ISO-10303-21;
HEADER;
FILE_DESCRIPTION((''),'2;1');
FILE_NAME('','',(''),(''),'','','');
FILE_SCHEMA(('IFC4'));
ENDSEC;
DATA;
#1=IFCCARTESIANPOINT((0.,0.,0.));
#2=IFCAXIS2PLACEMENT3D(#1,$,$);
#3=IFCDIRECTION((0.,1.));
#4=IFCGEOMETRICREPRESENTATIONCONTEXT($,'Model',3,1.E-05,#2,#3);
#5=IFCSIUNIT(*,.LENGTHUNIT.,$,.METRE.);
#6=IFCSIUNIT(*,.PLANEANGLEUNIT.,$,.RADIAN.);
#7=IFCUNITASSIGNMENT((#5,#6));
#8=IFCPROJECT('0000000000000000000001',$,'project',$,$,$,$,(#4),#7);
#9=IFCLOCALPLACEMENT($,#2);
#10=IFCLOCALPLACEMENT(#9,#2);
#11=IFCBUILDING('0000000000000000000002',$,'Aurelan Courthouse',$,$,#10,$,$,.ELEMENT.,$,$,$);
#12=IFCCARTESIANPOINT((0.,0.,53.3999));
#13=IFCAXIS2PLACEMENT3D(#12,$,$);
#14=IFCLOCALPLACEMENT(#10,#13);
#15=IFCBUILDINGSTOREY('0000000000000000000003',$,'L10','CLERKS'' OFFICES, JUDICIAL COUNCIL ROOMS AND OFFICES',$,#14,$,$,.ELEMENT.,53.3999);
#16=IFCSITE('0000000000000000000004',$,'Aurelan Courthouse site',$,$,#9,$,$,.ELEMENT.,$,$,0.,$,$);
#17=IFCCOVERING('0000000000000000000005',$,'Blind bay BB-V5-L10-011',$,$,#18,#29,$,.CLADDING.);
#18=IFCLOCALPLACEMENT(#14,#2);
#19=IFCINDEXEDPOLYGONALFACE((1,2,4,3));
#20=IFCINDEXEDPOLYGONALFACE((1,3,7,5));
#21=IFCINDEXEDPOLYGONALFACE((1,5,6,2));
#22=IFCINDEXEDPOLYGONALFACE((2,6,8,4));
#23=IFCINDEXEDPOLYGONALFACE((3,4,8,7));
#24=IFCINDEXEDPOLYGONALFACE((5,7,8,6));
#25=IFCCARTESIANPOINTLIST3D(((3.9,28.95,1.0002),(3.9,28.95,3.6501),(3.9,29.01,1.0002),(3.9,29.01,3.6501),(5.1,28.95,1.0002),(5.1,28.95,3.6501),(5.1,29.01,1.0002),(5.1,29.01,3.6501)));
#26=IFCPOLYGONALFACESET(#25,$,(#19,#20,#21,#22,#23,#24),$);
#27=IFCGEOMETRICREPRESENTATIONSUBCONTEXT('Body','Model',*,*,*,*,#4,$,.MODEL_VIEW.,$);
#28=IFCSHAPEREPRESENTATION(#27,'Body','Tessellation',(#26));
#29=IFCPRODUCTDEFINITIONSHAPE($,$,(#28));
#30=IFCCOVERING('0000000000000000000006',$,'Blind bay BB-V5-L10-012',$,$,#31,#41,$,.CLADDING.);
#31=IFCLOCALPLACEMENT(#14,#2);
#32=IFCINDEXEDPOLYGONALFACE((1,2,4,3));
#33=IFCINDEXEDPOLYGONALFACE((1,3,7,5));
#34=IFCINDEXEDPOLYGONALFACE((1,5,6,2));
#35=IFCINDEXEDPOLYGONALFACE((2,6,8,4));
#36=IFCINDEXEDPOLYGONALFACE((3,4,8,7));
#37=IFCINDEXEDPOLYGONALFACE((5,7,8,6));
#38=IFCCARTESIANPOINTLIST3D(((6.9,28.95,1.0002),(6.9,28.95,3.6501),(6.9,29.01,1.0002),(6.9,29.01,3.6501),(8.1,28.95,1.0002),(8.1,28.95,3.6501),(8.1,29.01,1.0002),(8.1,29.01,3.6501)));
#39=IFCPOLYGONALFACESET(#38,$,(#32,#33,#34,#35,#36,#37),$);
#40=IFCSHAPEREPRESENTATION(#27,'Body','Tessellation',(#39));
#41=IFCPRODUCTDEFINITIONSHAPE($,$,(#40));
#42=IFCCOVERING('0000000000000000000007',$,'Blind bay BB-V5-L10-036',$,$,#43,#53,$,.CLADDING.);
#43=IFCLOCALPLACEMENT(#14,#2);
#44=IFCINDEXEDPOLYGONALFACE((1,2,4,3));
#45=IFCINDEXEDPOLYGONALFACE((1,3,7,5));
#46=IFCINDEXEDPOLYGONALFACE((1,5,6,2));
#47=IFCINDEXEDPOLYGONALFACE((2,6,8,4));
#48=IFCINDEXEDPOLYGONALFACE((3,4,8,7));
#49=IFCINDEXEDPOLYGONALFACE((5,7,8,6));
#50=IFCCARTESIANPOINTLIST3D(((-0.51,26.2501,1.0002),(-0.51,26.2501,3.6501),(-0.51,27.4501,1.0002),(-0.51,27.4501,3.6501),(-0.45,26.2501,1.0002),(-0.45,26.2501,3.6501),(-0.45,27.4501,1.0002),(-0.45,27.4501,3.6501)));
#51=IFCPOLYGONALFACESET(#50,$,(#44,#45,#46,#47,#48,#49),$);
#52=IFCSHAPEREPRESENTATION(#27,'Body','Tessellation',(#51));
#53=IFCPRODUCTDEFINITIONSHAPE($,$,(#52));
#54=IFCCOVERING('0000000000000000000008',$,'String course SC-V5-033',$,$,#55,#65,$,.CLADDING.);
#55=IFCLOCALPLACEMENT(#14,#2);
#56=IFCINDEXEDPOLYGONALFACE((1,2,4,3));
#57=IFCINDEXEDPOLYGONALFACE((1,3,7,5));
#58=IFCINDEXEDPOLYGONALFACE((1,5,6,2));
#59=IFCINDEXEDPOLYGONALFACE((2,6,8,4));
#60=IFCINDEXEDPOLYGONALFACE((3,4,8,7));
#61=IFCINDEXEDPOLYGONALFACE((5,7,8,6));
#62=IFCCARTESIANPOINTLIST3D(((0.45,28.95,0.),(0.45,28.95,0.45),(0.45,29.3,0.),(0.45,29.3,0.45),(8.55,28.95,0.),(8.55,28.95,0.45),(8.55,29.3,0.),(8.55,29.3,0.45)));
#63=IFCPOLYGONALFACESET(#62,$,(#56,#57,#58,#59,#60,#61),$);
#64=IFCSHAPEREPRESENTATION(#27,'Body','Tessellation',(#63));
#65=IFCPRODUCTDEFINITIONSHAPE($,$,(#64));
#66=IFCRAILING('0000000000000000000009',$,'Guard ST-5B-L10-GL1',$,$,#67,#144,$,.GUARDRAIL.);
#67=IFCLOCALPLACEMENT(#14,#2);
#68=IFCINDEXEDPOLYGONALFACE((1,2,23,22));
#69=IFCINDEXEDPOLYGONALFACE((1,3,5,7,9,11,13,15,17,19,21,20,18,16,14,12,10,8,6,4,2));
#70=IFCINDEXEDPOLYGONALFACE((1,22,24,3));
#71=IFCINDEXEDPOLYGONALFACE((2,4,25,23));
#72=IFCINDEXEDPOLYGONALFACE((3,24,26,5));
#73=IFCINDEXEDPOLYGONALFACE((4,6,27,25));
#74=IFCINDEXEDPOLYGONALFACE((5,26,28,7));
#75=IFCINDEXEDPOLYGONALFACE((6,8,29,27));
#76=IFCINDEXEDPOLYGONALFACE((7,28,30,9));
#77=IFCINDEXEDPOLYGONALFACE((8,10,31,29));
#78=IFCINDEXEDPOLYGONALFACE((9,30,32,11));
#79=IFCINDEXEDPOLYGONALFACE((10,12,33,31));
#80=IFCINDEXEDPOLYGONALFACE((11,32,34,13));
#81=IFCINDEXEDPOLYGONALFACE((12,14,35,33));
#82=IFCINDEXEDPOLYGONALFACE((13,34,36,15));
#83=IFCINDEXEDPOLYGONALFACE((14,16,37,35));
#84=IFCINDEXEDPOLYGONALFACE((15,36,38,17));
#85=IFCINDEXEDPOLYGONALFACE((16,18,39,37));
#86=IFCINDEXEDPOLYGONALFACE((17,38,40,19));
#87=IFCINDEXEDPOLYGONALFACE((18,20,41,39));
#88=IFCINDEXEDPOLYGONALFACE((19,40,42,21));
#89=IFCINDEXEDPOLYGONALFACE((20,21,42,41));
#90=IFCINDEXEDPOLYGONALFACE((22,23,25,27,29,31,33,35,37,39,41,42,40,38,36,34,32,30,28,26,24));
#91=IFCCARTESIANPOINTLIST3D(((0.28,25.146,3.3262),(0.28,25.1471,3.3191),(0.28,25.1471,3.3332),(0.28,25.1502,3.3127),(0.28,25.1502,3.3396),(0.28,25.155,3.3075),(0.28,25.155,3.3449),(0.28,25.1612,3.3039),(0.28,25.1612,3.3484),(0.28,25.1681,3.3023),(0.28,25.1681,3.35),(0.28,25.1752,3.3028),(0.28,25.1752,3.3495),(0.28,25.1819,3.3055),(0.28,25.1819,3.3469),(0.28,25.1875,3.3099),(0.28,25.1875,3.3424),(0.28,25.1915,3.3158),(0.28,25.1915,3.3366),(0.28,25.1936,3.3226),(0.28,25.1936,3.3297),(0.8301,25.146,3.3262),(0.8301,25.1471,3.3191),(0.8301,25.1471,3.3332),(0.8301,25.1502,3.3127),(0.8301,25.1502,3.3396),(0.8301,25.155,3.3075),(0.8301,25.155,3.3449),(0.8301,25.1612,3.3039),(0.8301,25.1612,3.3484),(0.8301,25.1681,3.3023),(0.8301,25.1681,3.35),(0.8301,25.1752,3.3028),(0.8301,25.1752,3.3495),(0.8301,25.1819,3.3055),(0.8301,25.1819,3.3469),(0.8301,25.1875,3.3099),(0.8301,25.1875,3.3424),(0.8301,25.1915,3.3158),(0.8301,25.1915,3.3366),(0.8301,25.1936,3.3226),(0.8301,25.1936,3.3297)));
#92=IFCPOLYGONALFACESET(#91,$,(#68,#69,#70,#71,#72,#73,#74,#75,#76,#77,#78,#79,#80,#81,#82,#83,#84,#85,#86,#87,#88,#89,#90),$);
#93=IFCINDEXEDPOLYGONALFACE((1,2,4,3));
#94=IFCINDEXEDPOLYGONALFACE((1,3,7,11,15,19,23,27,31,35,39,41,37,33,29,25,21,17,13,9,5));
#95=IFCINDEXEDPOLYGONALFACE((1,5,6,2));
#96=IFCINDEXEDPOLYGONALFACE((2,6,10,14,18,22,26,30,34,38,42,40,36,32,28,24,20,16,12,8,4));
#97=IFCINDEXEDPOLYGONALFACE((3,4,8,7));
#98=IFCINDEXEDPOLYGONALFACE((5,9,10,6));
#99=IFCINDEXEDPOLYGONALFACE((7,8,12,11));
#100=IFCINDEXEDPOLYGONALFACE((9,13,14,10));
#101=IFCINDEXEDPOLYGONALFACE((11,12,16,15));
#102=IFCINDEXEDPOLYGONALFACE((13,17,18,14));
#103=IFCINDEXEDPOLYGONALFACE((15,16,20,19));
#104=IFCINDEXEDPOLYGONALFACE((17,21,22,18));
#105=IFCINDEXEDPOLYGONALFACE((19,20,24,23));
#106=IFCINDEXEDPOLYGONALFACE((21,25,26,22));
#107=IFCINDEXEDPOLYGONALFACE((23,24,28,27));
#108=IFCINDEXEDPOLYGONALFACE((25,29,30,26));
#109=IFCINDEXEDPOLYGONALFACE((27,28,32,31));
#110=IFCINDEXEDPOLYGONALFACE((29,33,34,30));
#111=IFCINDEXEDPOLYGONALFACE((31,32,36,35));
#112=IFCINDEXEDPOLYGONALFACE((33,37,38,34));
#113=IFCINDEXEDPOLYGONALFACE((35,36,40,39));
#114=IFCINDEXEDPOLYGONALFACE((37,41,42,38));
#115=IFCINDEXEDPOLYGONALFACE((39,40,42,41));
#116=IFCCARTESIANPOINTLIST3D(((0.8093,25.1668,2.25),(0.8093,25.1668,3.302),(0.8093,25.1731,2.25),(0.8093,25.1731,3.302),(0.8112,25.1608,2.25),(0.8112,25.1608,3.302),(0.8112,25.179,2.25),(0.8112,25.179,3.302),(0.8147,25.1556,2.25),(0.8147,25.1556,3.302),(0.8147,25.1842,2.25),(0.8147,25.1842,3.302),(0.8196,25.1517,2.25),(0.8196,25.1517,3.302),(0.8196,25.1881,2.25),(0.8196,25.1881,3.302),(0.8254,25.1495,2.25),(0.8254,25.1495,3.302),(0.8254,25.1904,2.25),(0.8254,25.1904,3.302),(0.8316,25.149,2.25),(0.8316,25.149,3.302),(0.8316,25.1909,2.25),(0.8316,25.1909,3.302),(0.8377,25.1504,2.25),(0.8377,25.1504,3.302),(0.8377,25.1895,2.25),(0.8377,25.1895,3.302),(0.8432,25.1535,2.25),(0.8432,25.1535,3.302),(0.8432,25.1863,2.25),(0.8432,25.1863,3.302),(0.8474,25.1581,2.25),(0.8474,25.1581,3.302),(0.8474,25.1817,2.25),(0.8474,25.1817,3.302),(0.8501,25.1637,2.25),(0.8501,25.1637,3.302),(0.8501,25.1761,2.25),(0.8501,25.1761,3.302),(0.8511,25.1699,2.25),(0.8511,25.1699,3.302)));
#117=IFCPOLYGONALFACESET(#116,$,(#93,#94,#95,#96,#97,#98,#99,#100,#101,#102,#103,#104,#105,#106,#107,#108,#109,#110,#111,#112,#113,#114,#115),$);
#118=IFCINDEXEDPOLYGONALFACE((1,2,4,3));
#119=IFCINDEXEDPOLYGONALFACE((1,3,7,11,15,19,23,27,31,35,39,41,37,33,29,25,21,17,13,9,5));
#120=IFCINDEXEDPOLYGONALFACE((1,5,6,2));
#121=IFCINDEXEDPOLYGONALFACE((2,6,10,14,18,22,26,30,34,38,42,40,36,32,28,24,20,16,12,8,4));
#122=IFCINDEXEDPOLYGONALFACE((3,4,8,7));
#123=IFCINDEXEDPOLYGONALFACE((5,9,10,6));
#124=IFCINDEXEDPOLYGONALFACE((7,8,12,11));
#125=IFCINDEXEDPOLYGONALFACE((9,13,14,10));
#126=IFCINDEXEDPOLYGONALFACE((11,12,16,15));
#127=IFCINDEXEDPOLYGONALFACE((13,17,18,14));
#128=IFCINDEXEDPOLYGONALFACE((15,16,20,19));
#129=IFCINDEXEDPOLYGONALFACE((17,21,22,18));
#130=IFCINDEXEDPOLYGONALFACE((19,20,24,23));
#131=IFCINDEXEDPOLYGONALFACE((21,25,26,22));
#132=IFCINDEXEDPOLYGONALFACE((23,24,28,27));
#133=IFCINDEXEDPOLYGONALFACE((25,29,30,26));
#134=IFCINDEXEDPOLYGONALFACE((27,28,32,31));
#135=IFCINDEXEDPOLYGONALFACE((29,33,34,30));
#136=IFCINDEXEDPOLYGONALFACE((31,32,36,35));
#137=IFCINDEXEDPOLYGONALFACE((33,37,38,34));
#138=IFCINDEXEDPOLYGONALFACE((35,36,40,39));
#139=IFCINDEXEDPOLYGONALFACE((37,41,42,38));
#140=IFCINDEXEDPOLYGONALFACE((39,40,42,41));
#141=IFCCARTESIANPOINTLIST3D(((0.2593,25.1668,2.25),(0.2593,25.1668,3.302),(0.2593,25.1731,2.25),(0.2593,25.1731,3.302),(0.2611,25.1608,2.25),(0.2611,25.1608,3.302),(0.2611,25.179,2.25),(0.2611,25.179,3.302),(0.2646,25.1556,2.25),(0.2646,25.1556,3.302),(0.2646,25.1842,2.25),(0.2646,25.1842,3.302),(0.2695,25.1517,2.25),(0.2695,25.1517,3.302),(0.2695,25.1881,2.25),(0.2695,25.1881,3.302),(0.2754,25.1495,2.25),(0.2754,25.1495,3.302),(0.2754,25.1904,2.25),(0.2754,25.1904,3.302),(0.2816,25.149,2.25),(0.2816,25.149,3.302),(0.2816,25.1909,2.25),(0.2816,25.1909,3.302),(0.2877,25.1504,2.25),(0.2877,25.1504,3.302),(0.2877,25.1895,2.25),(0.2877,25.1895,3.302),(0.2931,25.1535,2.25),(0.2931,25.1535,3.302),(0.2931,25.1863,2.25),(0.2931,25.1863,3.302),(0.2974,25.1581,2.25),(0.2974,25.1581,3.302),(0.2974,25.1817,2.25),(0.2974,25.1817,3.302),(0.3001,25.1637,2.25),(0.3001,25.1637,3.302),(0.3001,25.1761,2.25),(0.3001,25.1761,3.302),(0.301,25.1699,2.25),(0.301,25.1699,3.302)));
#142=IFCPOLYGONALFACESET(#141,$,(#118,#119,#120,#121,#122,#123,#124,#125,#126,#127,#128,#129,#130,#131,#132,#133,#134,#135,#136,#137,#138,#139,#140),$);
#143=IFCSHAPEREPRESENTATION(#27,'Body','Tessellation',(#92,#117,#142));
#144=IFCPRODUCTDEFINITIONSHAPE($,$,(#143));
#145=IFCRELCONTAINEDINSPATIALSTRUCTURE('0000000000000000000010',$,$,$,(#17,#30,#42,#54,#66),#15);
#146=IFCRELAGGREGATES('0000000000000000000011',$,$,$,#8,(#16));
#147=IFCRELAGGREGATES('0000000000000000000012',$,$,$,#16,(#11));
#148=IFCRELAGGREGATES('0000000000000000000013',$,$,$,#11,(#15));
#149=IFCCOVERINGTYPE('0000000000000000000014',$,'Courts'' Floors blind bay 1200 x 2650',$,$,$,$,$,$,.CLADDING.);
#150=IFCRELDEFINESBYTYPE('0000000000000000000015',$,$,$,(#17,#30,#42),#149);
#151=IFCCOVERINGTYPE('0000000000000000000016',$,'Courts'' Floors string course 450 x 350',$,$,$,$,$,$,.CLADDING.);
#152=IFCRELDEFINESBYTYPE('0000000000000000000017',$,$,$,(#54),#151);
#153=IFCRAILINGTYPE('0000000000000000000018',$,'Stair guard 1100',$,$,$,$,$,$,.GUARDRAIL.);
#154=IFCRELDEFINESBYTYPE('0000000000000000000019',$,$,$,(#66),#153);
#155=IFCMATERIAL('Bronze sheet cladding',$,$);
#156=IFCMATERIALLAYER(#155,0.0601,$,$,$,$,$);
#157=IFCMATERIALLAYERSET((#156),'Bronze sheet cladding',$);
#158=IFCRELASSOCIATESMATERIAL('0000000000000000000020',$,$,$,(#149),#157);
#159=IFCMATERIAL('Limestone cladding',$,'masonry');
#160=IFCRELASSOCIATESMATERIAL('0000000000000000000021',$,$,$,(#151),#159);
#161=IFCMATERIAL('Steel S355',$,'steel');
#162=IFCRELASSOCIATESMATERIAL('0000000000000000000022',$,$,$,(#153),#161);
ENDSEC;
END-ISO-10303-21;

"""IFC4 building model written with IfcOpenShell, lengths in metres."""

from ifc_helpers import new_model, si_unit, direction, frame, origin, origin_2d, place, context, subcontext, project, spatial, rectangle, circle, extrude, material, layer, layer_set, type_object, element, save


model = new_model("IFC4")

# Units and contexts
model_context = context("Model", 3, precision=1e-05, world=origin(), true_north=direction((0.0, 1.0)))
body_context = subcontext(model_context, "Body", "Model", "MODEL_VIEW")
ifc_project = project(units=[si_unit("LENGTHUNIT", "METRE"), si_unit("PLANEANGLEUNIT", "RADIAN")], contexts=[model_context])

# Site, building, storey
site_placement = place(None, origin())
site = spatial("IfcSite", under=ifc_project, at=site_placement, Name="Aurelan Courthouse site", CompositionType="ELEMENT", RefElevation=0.0)
building_placement = place(site_placement, origin())
building = spatial("IfcBuilding", under=site, at=building_placement, Name="Aurelan Courthouse", CompositionType="ELEMENT")
storey_placement = place(building_placement, frame((0.0, 0.0, 53.3999)))
storey = spatial("IfcBuildingStorey", under=building, at=storey_placement, Name="L10", Description="CLERKS' OFFICES, JUDICIAL COUNCIL ROOMS AND OFFICES", CompositionType="ELEMENT", Elevation=53.3999)

# Shared definitions
ifc_material_1 = material(Name="Limestone cladding", Category="masonry")

# Coverings
ifc_material_2 = material(Name="Bronze sheet cladding")
ifc_layer_1 = layer(ifc_material_2, 0.0601)
ifc_layer_set_1 = layer_set([ifc_layer_1], Name="Bronze sheet cladding")
covering_type_1 = type_object("IfcCoveringType", Name="Courts' Floors blind bay 1200 x 2650", PredefinedType="CLADDING", material=ifc_layer_set_1)
for number, where, z_axis, x_axis, name in (
    (1, (4.5, 28.98, 1.0002), (0.0, 0.0, 1.0), (1.0, 0.0, 0.0), "Blind bay BB-V5-L10-011"),
    (2, (7.5, 28.98, 1.0002), (0.0, 0.0, 1.0), (1.0, 0.0, 0.0), "Blind bay BB-V5-L10-012"),
):
    element("IfcCovering", number, at=place(storey_placement, frame(where, z_axis=z_axis, x_axis=x_axis)), inside=storey, type_object=covering_type_1, Name=name, PredefinedType="CLADDING", context=body_context, shape_type="SweptSolid", body=[
        extrude(rectangle(XDim=1.2, YDim=0.0601, at=origin_2d()), origin(), (0.0, 0.0, 1.0), 2.6499),
    ])
covering_1_placement = place(storey_placement, frame((-0.48, 26.8501, 1.0002), z_axis=(0.0, 0.0, 1.0), x_axis=(1.0, 0.0, 0.0)))
element("IfcCovering", 3, at=covering_1_placement, inside=storey, type_object=covering_type_1, Name="Blind bay BB-V5-L10-036", PredefinedType="CLADDING", context=body_context, shape_type="SweptSolid", body=[
    extrude(rectangle(XDim=0.0601, YDim=1.2, at=origin_2d()), origin(), (0.0, 0.0, 1.0), 2.6499),
])
covering_type_2 = type_object("IfcCoveringType", Name="Courts' Floors string course 450 x 350", PredefinedType="CLADDING", material=ifc_material_1)
covering_2_placement = place(storey_placement, frame((4.5, 29.125, 0.0), z_axis=(0.0, 0.0, 1.0), x_axis=(1.0, 0.0, 0.0)))
element("IfcCovering", 4, at=covering_2_placement, inside=storey, type_object=covering_type_2, Name="String course SC-V5-033", PredefinedType="CLADDING", context=body_context, shape_type="SweptSolid", body=[
    extrude(rectangle(XDim=8.1001, YDim=0.3501, at=origin_2d()), origin(), (0.0, 0.0, 1.0), 0.45),
])

# Railing
ifc_material_3 = material(Name="Steel S355", Category="steel")
railing_type_1 = type_object("IfcRailingType", Name="Stair guard 1100", PredefinedType="GUARDRAIL", material=ifc_material_3)
railing_placement = place(storey_placement, frame((0.8301, 25.1699, 2.25)))
element("IfcRailing", 5, at=railing_placement, inside=storey, type_object=railing_type_1, Name="Guard ST-5B-L10-GL1", PredefinedType="GUARDRAIL", context=body_context, shape_type="SweptSolid", body=[
    extrude(circle(Radius=0.0239, at=origin_2d()), frame((0.0, 0.0, 1.0762), z_axis=(-1.0, 0.0, 0.0), x_axis=(0.0, -1.0, 0.0)), (0.0, 0.0, 1.0), 0.55),
    extrude(circle(Radius=0.021, at=origin_2d()), origin(), (0.0, 0.0, 1.0), 1.052),
    extrude(circle(Radius=0.021, at=origin_2d()), frame((-0.55, 0.0, 0.0)), (0.0, 0.0, 1.0), 1.052),
])

save(model, "model.ifc")
